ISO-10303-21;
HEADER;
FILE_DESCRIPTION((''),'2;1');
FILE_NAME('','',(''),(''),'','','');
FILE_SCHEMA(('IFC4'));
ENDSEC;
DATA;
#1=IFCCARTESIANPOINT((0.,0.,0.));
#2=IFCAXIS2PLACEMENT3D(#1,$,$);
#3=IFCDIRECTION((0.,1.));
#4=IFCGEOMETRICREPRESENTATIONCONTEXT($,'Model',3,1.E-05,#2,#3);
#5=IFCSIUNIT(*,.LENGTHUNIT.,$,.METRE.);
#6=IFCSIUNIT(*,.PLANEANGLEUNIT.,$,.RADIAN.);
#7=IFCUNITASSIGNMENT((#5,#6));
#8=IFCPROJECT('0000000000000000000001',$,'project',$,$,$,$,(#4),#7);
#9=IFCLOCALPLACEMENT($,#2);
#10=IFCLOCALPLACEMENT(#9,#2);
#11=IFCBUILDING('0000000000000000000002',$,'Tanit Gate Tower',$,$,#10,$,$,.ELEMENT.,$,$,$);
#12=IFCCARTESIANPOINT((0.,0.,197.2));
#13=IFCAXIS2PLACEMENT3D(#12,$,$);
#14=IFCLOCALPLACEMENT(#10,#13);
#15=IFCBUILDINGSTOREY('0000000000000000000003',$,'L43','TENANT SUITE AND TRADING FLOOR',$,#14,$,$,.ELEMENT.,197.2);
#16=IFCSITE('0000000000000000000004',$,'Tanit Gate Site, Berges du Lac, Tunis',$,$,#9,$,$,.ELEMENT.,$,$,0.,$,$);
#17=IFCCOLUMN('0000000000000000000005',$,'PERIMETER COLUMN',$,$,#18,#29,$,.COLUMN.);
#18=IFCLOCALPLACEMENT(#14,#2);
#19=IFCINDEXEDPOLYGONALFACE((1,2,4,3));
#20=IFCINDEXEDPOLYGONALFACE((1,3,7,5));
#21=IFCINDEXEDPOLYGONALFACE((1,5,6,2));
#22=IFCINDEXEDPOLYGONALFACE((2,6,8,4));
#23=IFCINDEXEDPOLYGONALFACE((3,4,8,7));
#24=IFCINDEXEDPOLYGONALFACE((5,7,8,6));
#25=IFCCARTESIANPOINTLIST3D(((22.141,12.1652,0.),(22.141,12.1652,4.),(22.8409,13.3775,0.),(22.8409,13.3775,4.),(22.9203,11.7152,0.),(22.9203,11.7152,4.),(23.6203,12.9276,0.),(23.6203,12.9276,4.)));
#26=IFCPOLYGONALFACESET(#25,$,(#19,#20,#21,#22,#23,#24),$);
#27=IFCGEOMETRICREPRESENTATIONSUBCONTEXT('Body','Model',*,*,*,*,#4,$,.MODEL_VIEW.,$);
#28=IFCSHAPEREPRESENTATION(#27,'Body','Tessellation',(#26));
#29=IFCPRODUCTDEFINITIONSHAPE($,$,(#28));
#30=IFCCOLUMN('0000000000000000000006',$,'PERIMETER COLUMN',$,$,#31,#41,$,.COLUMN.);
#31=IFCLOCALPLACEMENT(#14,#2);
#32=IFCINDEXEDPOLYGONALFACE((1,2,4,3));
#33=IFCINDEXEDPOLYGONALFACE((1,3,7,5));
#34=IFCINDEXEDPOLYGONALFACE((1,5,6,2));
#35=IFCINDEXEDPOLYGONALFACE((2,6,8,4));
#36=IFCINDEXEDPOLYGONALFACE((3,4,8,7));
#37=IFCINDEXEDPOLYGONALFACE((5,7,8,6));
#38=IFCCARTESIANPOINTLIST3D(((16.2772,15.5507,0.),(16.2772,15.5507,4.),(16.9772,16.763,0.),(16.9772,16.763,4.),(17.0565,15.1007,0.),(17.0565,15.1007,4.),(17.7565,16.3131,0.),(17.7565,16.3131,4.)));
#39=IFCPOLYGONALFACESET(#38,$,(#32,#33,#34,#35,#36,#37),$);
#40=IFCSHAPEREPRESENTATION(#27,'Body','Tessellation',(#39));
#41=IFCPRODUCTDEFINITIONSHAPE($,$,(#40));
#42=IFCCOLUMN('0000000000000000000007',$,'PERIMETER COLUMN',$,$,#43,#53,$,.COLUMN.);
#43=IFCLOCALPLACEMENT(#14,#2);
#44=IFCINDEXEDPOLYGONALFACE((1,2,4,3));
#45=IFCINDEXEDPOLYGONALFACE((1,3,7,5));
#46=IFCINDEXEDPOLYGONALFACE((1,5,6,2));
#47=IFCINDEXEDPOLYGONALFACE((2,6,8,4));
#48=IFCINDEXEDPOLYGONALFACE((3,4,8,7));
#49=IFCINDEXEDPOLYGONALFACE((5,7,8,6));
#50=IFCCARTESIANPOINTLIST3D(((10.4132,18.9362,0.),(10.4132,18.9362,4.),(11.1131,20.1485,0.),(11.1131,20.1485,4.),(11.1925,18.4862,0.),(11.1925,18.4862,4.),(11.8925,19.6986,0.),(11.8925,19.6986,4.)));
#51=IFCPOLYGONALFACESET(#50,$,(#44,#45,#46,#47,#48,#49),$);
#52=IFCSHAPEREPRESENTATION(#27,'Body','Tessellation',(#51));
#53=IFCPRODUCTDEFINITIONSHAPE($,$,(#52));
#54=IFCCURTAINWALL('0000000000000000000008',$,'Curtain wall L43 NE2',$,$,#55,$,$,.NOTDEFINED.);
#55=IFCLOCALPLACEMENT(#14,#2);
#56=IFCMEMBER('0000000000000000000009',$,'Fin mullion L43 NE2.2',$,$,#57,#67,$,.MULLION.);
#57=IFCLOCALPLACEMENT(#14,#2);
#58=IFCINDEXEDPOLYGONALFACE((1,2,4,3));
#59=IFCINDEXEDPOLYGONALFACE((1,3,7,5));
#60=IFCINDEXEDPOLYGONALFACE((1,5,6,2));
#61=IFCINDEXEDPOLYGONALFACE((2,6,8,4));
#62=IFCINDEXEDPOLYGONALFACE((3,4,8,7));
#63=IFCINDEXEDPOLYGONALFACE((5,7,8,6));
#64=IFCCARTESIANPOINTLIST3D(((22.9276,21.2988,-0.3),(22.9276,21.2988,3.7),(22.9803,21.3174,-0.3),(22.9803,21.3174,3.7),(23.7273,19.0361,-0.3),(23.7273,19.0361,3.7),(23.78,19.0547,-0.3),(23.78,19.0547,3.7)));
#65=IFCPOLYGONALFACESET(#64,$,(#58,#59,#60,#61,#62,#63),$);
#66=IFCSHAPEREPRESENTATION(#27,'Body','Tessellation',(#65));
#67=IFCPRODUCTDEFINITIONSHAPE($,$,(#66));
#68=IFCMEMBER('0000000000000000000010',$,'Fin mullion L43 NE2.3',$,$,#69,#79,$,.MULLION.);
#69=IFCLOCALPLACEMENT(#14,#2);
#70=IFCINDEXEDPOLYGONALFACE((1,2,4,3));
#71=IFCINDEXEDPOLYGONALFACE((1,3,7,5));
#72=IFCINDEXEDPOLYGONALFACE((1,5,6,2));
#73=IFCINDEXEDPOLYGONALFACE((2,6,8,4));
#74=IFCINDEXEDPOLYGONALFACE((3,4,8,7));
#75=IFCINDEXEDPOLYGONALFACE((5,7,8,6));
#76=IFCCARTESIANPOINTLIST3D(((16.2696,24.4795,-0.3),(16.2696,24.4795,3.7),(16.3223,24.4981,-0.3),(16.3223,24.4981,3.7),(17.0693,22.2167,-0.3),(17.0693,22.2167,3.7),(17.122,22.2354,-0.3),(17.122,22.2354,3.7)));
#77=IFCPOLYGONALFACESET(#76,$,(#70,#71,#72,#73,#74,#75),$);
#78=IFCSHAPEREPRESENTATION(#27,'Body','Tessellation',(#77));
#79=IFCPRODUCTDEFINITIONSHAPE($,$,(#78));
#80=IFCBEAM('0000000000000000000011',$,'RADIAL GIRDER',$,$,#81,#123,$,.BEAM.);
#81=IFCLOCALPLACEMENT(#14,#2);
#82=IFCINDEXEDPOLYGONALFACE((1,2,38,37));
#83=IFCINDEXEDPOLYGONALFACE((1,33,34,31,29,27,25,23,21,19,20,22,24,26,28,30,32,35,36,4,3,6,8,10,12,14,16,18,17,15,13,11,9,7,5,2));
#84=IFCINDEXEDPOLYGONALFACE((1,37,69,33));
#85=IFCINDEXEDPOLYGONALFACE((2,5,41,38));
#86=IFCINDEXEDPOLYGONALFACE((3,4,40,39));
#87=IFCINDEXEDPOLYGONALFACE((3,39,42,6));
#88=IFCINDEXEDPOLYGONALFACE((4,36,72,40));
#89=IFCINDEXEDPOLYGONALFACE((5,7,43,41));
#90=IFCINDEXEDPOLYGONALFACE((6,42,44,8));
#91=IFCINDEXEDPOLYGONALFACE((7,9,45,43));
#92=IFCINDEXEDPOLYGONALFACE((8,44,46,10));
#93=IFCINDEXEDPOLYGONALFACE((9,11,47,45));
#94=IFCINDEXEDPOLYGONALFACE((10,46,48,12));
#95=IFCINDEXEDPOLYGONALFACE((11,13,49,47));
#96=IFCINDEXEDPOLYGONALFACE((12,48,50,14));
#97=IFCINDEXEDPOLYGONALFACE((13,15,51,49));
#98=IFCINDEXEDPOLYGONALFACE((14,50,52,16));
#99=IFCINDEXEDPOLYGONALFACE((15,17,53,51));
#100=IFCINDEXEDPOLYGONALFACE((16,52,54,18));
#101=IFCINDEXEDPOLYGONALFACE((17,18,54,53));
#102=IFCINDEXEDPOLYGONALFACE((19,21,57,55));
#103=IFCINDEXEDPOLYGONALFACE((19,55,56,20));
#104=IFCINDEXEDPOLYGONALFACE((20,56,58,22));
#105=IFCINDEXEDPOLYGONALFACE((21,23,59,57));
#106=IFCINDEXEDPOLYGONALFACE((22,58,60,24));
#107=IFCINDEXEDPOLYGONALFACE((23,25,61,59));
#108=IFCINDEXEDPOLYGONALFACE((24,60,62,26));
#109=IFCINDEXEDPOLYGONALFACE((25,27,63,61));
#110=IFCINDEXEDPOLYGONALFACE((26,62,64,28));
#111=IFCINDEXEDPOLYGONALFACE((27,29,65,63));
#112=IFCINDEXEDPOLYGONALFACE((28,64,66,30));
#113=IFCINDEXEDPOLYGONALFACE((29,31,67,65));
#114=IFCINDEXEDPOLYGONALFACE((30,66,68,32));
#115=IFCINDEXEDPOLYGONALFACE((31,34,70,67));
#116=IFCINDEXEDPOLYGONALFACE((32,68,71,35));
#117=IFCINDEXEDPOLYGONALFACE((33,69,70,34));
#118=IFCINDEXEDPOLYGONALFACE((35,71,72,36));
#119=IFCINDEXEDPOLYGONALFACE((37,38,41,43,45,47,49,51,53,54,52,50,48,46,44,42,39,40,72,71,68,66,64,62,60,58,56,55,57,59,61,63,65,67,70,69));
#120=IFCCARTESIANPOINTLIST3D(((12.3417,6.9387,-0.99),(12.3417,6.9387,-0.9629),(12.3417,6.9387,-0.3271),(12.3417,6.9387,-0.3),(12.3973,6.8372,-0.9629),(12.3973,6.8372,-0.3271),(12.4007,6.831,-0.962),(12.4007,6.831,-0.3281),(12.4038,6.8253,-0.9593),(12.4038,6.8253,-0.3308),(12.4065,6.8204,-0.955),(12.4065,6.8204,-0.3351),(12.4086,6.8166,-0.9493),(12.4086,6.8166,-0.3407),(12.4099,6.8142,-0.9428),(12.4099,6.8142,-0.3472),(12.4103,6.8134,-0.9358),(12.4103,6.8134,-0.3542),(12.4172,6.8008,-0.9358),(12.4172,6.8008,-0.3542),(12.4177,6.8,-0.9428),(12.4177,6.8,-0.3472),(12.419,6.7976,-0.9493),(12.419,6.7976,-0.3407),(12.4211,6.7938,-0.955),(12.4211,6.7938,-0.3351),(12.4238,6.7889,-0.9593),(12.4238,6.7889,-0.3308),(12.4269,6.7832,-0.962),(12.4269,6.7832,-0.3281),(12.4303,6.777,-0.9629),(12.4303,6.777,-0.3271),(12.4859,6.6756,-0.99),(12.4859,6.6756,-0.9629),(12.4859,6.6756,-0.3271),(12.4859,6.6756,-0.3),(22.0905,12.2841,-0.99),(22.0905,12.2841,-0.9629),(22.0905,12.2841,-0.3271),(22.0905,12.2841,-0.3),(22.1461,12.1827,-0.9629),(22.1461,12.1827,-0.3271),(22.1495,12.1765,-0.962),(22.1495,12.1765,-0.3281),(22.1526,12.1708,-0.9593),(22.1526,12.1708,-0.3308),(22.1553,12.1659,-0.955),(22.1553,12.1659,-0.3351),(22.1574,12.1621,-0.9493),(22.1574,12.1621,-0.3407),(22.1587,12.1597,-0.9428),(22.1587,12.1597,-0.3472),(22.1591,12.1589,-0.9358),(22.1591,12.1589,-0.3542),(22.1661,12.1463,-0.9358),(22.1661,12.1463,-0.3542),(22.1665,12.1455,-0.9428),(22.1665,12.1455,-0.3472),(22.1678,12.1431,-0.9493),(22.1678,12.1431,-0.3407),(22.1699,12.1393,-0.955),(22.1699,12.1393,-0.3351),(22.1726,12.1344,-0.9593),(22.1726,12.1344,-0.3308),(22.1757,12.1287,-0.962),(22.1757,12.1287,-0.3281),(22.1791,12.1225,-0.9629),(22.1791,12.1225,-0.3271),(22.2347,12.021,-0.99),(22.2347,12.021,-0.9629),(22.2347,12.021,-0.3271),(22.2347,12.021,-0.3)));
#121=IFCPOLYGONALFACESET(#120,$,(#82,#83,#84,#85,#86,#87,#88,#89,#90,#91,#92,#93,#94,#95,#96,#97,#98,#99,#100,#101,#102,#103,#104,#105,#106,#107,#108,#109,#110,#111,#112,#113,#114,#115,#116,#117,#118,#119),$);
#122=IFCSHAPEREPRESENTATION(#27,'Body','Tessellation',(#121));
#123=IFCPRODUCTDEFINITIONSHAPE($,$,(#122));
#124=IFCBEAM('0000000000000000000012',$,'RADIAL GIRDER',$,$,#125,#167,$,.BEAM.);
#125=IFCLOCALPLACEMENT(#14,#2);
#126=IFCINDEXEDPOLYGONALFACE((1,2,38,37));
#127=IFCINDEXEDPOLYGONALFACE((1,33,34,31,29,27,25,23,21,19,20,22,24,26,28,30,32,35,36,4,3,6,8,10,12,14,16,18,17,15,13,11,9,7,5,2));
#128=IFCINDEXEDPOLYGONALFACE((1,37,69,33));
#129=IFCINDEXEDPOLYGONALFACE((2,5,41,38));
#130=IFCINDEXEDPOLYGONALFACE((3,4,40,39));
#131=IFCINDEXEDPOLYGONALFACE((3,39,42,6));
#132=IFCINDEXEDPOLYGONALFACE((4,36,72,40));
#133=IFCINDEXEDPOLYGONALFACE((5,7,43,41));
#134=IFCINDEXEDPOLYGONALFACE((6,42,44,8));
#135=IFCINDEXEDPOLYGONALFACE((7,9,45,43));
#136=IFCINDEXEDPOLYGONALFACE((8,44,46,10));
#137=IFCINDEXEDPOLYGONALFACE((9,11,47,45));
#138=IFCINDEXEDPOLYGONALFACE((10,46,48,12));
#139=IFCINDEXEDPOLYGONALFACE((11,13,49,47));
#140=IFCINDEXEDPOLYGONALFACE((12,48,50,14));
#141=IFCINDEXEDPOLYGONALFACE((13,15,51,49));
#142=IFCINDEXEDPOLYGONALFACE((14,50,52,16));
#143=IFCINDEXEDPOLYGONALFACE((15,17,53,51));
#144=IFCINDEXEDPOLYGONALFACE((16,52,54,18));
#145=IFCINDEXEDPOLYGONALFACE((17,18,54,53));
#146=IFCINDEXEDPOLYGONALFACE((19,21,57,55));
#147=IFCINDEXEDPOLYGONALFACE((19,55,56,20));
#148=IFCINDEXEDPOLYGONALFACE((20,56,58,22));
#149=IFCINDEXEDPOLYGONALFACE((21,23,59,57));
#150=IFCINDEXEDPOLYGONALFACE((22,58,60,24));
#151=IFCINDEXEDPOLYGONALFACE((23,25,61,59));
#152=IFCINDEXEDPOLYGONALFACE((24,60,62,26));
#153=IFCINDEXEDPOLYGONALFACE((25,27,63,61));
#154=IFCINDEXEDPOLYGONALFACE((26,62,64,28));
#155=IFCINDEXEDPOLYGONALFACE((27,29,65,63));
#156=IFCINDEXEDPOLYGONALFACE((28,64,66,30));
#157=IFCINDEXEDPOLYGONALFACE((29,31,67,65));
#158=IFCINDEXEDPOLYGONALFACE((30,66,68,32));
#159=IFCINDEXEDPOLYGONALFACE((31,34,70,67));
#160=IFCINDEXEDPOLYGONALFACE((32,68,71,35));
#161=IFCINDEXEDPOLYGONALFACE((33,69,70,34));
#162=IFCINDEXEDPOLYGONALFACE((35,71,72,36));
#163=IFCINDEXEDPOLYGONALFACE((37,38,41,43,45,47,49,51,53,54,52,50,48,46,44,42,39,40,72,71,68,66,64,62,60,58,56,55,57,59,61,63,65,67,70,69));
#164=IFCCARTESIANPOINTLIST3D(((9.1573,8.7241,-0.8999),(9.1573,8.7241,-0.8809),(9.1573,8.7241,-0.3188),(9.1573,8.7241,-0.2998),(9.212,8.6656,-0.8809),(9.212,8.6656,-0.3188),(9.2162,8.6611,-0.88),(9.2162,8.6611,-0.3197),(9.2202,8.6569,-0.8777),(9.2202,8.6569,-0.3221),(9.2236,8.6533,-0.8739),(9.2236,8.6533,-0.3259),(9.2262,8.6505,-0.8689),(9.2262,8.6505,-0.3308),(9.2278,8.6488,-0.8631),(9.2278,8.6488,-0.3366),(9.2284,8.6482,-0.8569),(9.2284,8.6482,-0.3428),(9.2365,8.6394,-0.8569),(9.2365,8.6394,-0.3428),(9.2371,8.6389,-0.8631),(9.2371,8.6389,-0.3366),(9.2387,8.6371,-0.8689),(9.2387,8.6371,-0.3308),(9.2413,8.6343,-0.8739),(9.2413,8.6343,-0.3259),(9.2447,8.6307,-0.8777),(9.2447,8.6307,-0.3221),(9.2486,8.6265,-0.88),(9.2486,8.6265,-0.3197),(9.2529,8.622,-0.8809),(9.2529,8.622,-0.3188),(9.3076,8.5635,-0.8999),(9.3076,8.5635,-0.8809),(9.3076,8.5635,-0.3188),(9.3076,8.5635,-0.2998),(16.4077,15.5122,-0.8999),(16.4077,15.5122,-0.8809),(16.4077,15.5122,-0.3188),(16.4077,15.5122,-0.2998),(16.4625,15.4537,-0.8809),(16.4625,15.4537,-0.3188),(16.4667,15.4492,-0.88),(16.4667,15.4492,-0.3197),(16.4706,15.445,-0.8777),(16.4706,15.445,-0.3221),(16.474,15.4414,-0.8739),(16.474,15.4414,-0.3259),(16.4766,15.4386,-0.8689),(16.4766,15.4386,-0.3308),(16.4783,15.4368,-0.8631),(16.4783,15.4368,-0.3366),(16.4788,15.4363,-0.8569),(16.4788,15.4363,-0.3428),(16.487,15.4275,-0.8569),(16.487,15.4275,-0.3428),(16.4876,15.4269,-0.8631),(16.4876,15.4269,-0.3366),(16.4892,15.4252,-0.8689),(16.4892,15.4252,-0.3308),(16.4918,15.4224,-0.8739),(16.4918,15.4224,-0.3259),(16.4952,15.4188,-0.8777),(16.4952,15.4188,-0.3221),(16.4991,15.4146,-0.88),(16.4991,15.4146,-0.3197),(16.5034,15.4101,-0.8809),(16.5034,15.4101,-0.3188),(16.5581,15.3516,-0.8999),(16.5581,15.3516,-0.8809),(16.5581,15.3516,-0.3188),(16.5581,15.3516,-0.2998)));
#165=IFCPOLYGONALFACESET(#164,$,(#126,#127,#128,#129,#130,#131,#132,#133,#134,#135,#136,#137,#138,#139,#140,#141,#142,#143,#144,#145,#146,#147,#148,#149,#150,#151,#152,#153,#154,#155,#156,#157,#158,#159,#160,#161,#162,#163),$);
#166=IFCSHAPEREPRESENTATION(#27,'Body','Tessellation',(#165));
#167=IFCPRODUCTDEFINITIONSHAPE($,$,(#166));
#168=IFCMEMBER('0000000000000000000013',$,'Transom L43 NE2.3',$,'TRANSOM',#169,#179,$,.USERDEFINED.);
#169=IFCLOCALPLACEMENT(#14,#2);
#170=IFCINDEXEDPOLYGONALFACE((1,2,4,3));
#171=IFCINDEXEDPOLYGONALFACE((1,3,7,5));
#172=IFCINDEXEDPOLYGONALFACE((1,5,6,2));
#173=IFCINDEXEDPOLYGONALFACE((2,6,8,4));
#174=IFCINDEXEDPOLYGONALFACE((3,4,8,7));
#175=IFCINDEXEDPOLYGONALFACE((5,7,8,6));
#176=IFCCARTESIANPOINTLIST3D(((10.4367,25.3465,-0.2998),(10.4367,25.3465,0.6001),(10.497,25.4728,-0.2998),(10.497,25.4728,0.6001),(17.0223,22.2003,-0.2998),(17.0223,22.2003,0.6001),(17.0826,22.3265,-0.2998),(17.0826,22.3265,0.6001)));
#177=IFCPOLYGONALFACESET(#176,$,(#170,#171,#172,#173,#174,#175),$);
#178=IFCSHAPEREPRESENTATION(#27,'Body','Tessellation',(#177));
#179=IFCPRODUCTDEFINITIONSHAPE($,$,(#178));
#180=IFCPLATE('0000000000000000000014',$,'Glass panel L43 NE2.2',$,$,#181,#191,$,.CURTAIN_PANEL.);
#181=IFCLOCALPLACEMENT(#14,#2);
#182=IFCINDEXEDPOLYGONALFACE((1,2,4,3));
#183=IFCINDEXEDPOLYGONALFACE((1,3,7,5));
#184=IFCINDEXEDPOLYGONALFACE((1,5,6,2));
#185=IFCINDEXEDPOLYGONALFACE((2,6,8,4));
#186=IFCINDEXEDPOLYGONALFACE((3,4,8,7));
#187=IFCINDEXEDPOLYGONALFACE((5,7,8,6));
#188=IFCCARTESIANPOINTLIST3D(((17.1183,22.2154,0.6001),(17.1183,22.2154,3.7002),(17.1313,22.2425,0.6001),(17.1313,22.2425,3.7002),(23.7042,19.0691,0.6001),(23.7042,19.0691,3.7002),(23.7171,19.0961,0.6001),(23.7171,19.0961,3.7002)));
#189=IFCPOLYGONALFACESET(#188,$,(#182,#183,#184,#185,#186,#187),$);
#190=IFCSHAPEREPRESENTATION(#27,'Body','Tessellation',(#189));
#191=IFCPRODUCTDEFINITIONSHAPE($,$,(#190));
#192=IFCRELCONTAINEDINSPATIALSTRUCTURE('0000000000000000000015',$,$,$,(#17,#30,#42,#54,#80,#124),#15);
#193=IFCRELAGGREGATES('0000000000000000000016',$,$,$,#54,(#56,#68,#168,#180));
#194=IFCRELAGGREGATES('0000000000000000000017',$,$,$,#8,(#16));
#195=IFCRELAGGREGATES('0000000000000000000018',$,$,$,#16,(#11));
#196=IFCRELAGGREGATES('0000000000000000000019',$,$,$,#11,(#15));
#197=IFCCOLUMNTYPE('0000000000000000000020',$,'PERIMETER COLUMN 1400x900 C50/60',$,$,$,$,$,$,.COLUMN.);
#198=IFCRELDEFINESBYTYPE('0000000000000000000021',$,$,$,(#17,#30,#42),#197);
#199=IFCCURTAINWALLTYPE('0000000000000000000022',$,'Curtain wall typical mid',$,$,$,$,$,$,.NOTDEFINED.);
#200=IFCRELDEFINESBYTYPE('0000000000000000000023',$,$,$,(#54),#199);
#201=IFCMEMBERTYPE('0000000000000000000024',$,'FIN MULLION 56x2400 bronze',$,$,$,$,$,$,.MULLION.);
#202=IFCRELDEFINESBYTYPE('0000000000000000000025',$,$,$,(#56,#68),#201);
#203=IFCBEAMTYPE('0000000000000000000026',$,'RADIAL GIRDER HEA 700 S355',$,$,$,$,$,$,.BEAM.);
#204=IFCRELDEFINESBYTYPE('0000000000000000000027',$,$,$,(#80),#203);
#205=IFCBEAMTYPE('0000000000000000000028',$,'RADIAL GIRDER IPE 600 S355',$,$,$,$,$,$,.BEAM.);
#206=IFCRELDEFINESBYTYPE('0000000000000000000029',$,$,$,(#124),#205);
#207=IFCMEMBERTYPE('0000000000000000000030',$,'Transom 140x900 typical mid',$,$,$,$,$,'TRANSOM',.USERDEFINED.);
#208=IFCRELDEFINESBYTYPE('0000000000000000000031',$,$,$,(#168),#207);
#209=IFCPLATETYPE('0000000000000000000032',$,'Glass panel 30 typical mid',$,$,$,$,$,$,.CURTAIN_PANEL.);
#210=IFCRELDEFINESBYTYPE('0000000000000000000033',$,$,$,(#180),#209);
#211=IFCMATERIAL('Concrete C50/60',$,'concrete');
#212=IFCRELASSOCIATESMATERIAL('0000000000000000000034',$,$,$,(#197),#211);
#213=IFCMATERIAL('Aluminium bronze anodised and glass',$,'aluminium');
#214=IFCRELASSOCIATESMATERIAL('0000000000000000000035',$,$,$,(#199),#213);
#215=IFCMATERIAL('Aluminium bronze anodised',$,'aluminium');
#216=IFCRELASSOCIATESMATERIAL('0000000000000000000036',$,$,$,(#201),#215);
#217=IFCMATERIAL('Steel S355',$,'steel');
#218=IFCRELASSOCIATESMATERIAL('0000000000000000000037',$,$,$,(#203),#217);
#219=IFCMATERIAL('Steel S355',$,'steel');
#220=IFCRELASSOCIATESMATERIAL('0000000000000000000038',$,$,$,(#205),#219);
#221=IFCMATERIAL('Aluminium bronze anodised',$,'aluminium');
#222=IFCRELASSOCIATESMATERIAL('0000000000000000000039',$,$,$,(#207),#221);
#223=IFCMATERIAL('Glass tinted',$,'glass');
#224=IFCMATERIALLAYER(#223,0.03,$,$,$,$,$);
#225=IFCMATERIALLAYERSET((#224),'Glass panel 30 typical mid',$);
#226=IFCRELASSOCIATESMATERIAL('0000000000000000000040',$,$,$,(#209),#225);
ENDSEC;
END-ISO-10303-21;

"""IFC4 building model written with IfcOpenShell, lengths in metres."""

from ifc_helpers import new_model, si_unit, direction, frame, origin, origin_2d, place, context, subcontext, project, spatial, rectangle, i_section, extrude, material, layer, layer_set, material_profile, profile_set, type_object, element, aggregate, save


model = new_model("IFC4")

# Units and contexts
model_context = context("Model", 3, precision=1e-05, world=origin(), true_north=direction((0.0, 1.0)))
body_context = subcontext(model_context, "Body", "Model", "MODEL_VIEW")
ifc_project = project(units=[si_unit("LENGTHUNIT", "METRE"), si_unit("PLANEANGLEUNIT", "RADIAN")], contexts=[model_context])

# Site, building, storey
site_placement = place(None, origin())
site = spatial("IfcSite", under=ifc_project, at=site_placement, Name="Tanit Gate Site, Berges du Lac, Tunis", CompositionType="ELEMENT", RefElevation=0.0)
building_placement = place(site_placement, origin())
building = spatial("IfcBuilding", under=site, at=building_placement, Name="Tanit Gate Tower", CompositionType="ELEMENT")
storey_placement = place(building_placement, frame((0.0, 0.0, 197.2)))
storey = spatial("IfcBuildingStorey", under=building, at=storey_placement, Name="L43", Description="TENANT SUITE AND TRADING FLOOR", CompositionType="ELEMENT", Elevation=197.2)

# Columns
ifc_material_1 = material(Name="Concrete C50/60", Category="concrete")
ifc_material_profile_1 = material_profile(ifc_material_1, rectangle(XDim=1.3999, YDim=0.8999, at=origin_2d()), Name="RC 1400x900")
ifc_profile_set_1 = profile_set([ifc_material_profile_1], Name="Concrete C50/60")
column_type = type_object("IfcColumnType", Name="PERIMETER COLUMN 1400x900 C50/60", PredefinedType="COLUMN", material=ifc_profile_set_1)
for number, where, z_axis, x_axis, name in (
    (1, (22.8806, 12.5464, 0.0), (0.0, 0.0, 1.0), (0.5, 0.866025, 0.0), "PERIMETER COLUMN"),
    (2, (17.0168, 15.9319, 0.0), (0.0, 0.0, 1.0), (0.5, 0.866025, 0.0), "PERIMETER COLUMN"),
    (3, (11.1528, 19.3174, 0.0), (0.0, 0.0, 1.0), (0.5, 0.866025, 0.0), "PERIMETER COLUMN"),
):
    element("IfcColumn", number, at=place(storey_placement, frame(where, z_axis=z_axis, x_axis=x_axis)), inside=storey, type_object=column_type, Name=name, PredefinedType="COLUMN", context=body_context, shape_type="SweptSolid", body=[
        extrude(rectangle(XDim=1.3999, YDim=0.8999, at=origin_2d()), origin(), (0.0, 0.0, 1.0), 4.0),
    ])

# Curtain wall, members
ifc_material_2 = material(Name="Aluminium bronze anodised and glass", Category="aluminium")
curtain_wall_type = type_object("IfcCurtainWallType", Name="Curtain wall typical mid", PredefinedType="NOTDEFINED", material=ifc_material_2)
curtain_wall_placement = place(storey_placement, origin())
curtain_wall = element("IfcCurtainWall", 4, at=curtain_wall_placement, inside=storey, type_object=curtain_wall_type, Name="Curtain wall L43 NE2", PredefinedType="NOTDEFINED")
ifc_material_3 = material(Name="Aluminium bronze anodised", Category="aluminium")
ifc_material_profile_2 = material_profile(ifc_material_3, rectangle(XDim=2.3999, YDim=0.0559, at=origin_2d()), Name="56x2400 bronze fin mullion")
ifc_profile_set_2 = profile_set([ifc_material_profile_2], Name="Aluminium bronze anodised")
member_type_1 = type_object("IfcMemberType", Name="FIN MULLION 56x2400 bronze", PredefinedType="MULLION", material=ifc_profile_set_2)
member_1_placement = place(storey_placement, frame((23.3538, 20.1768, -0.3), z_axis=(0.0, 0.0, 1.0), x_axis=(0.33322, -0.942849, 0.0)))
member_1 = element("IfcMember", 5, at=member_1_placement, type_object=member_type_1, Name="Fin mullion L43 NE2.2", PredefinedType="MULLION", context=body_context, shape_type="SweptSolid", body=[
    extrude(rectangle(XDim=2.3999, YDim=0.0559, at=origin_2d()), origin(), (0.0, 0.0, 1.0), 4.0),
])
member_2_placement = place(storey_placement, frame((16.6958, 23.3574, -0.3), z_axis=(0.0, 0.0, 1.0), x_axis=(0.33322, -0.942849, 0.0)))
member_2 = element("IfcMember", 6, at=member_2_placement, type_object=member_type_1, Name="Fin mullion L43 NE2.3", PredefinedType="MULLION", context=body_context, shape_type="SweptSolid", body=[
    extrude(rectangle(XDim=2.3999, YDim=0.0559, at=origin_2d()), origin(), (0.0, 0.0, 1.0), 4.0),
])

# Beams
ifc_material_4 = material(Name="Steel S355", Category="steel")
ifc_material_profile_3 = material_profile(ifc_material_4, i_section(OverallWidth=0.3, OverallDepth=0.6899, WebThickness=0.0144, FlangeThickness=0.0271, FilletRadius=0.0271, at=origin_2d()), Name="HEA 700")
ifc_profile_set_3 = profile_set([ifc_material_profile_3], Name="Steel S355")
beam_type_1 = type_object("IfcBeamType", Name="RADIAL GIRDER HEA 700 S355", PredefinedType="BEAM", material=ifc_profile_set_3)
beam_1_placement = place(storey_placement, frame((22.1626, 12.1526, -0.645), z_axis=(-0.876837, -0.480788, 0.0), x_axis=(0.480788, -0.876837, 0.0)))
element("IfcBeam", 7, at=beam_1_placement, inside=storey, type_object=beam_type_1, Name="RADIAL GIRDER", PredefinedType="BEAM", context=body_context, shape_type="SweptSolid", body=[
    extrude(i_section(OverallWidth=0.3, OverallDepth=0.6899, WebThickness=0.0144, FlangeThickness=0.0271, FilletRadius=0.0271, at=origin_2d()), origin(), (0.0, 0.0, 1.0), 11.1182),
])
ifc_material_5 = material(Name="Steel S355", Category="steel")
ifc_material_profile_4 = material_profile(ifc_material_5, i_section(OverallWidth=0.22, OverallDepth=0.6001, WebThickness=0.012, FlangeThickness=0.019, FilletRadius=0.0239, at=origin_2d()), Name="IPE 600")
ifc_profile_set_4 = profile_set([ifc_material_profile_4], Name="Steel S355")
beam_type_2 = type_object("IfcBeamType", Name="RADIAL GIRDER IPE 600 S355", PredefinedType="BEAM", material=ifc_profile_set_4)
beam_2_placement = place(storey_placement, frame((16.4829, 15.4319, -0.5999), z_axis=(-0.730002, -0.683445, 0.0), x_axis=(0.683445, -0.730002, 0.0)))
element("IfcBeam", 8, at=beam_2_placement, inside=storey, type_object=beam_type_2, Name="RADIAL GIRDER", PredefinedType="BEAM", context=body_context, shape_type="SweptSolid", body=[
    extrude(i_section(OverallWidth=0.22, OverallDepth=0.6001, WebThickness=0.012, FlangeThickness=0.019, FilletRadius=0.0239, at=origin_2d()), origin(), (0.0, 0.0, 1.0), 9.9321),
])

# Member
ifc_material_6 = material(Name="Aluminium bronze anodised", Category="aluminium")
ifc_material_profile_5 = material_profile(ifc_material_6, rectangle(XDim=0.1399, YDim=0.8999, at=origin_2d()), Name="140x900 bronze transom")
ifc_profile_set_5 = profile_set([ifc_material_profile_5], Name="Aluminium bronze anodised")
member_type_2 = type_object("IfcMemberType", Name="Transom 140x900 typical mid", ElementType="TRANSOM", PredefinedType="USERDEFINED", material=ifc_profile_set_5)
member_3_placement = place(storey_placement, frame((17.0525, 22.2634, 0.1501), z_axis=(-0.902318, 0.431072, 0.0), x_axis=(-0.431072, -0.902318, 0.0)))
member_3 = element("IfcMember", 9, at=member_3_placement, type_object=member_type_2, Name="Transom L43 NE2.3", ObjectType="TRANSOM", PredefinedType="USERDEFINED", context=body_context, shape_type="SweptSolid", body=[
    extrude(rectangle(XDim=0.1399, YDim=0.8999, at=origin_2d()), origin(), (0.0, 0.0, 1.0), 7.2986),
])

# Plate
ifc_material_7 = material(Name="Glass tinted", Category="glass")
ifc_layer_1 = layer(ifc_material_7, 0.03)
ifc_layer_set_1 = layer_set([ifc_layer_1], Name="Glass panel 30 typical mid")
plate_type = type_object("IfcPlateType", Name="Glass panel 30 typical mid", PredefinedType="CURTAIN_PANEL", material=ifc_layer_set_1)
plate_1_placement = place(storey_placement, frame((20.4177, 20.6558, 0.6001), z_axis=(0.0, 0.0, 1.0), x_axis=(-0.902317, 0.431073, 0.0)))
plate_1 = element("IfcPlate", 10, at=plate_1_placement, type_object=plate_type, Name="Glass panel L43 NE2.2", PredefinedType="CURTAIN_PANEL", context=body_context, shape_type="SweptSolid", body=[
    extrude(rectangle(XDim=7.2988, YDim=0.03, at=origin_2d()), origin(), (0.0, 0.0, 1.0), 3.1001),
])
aggregate(curtain_wall, [member_1, member_2, member_3, plate_1])

save(model, "model.ifc")
